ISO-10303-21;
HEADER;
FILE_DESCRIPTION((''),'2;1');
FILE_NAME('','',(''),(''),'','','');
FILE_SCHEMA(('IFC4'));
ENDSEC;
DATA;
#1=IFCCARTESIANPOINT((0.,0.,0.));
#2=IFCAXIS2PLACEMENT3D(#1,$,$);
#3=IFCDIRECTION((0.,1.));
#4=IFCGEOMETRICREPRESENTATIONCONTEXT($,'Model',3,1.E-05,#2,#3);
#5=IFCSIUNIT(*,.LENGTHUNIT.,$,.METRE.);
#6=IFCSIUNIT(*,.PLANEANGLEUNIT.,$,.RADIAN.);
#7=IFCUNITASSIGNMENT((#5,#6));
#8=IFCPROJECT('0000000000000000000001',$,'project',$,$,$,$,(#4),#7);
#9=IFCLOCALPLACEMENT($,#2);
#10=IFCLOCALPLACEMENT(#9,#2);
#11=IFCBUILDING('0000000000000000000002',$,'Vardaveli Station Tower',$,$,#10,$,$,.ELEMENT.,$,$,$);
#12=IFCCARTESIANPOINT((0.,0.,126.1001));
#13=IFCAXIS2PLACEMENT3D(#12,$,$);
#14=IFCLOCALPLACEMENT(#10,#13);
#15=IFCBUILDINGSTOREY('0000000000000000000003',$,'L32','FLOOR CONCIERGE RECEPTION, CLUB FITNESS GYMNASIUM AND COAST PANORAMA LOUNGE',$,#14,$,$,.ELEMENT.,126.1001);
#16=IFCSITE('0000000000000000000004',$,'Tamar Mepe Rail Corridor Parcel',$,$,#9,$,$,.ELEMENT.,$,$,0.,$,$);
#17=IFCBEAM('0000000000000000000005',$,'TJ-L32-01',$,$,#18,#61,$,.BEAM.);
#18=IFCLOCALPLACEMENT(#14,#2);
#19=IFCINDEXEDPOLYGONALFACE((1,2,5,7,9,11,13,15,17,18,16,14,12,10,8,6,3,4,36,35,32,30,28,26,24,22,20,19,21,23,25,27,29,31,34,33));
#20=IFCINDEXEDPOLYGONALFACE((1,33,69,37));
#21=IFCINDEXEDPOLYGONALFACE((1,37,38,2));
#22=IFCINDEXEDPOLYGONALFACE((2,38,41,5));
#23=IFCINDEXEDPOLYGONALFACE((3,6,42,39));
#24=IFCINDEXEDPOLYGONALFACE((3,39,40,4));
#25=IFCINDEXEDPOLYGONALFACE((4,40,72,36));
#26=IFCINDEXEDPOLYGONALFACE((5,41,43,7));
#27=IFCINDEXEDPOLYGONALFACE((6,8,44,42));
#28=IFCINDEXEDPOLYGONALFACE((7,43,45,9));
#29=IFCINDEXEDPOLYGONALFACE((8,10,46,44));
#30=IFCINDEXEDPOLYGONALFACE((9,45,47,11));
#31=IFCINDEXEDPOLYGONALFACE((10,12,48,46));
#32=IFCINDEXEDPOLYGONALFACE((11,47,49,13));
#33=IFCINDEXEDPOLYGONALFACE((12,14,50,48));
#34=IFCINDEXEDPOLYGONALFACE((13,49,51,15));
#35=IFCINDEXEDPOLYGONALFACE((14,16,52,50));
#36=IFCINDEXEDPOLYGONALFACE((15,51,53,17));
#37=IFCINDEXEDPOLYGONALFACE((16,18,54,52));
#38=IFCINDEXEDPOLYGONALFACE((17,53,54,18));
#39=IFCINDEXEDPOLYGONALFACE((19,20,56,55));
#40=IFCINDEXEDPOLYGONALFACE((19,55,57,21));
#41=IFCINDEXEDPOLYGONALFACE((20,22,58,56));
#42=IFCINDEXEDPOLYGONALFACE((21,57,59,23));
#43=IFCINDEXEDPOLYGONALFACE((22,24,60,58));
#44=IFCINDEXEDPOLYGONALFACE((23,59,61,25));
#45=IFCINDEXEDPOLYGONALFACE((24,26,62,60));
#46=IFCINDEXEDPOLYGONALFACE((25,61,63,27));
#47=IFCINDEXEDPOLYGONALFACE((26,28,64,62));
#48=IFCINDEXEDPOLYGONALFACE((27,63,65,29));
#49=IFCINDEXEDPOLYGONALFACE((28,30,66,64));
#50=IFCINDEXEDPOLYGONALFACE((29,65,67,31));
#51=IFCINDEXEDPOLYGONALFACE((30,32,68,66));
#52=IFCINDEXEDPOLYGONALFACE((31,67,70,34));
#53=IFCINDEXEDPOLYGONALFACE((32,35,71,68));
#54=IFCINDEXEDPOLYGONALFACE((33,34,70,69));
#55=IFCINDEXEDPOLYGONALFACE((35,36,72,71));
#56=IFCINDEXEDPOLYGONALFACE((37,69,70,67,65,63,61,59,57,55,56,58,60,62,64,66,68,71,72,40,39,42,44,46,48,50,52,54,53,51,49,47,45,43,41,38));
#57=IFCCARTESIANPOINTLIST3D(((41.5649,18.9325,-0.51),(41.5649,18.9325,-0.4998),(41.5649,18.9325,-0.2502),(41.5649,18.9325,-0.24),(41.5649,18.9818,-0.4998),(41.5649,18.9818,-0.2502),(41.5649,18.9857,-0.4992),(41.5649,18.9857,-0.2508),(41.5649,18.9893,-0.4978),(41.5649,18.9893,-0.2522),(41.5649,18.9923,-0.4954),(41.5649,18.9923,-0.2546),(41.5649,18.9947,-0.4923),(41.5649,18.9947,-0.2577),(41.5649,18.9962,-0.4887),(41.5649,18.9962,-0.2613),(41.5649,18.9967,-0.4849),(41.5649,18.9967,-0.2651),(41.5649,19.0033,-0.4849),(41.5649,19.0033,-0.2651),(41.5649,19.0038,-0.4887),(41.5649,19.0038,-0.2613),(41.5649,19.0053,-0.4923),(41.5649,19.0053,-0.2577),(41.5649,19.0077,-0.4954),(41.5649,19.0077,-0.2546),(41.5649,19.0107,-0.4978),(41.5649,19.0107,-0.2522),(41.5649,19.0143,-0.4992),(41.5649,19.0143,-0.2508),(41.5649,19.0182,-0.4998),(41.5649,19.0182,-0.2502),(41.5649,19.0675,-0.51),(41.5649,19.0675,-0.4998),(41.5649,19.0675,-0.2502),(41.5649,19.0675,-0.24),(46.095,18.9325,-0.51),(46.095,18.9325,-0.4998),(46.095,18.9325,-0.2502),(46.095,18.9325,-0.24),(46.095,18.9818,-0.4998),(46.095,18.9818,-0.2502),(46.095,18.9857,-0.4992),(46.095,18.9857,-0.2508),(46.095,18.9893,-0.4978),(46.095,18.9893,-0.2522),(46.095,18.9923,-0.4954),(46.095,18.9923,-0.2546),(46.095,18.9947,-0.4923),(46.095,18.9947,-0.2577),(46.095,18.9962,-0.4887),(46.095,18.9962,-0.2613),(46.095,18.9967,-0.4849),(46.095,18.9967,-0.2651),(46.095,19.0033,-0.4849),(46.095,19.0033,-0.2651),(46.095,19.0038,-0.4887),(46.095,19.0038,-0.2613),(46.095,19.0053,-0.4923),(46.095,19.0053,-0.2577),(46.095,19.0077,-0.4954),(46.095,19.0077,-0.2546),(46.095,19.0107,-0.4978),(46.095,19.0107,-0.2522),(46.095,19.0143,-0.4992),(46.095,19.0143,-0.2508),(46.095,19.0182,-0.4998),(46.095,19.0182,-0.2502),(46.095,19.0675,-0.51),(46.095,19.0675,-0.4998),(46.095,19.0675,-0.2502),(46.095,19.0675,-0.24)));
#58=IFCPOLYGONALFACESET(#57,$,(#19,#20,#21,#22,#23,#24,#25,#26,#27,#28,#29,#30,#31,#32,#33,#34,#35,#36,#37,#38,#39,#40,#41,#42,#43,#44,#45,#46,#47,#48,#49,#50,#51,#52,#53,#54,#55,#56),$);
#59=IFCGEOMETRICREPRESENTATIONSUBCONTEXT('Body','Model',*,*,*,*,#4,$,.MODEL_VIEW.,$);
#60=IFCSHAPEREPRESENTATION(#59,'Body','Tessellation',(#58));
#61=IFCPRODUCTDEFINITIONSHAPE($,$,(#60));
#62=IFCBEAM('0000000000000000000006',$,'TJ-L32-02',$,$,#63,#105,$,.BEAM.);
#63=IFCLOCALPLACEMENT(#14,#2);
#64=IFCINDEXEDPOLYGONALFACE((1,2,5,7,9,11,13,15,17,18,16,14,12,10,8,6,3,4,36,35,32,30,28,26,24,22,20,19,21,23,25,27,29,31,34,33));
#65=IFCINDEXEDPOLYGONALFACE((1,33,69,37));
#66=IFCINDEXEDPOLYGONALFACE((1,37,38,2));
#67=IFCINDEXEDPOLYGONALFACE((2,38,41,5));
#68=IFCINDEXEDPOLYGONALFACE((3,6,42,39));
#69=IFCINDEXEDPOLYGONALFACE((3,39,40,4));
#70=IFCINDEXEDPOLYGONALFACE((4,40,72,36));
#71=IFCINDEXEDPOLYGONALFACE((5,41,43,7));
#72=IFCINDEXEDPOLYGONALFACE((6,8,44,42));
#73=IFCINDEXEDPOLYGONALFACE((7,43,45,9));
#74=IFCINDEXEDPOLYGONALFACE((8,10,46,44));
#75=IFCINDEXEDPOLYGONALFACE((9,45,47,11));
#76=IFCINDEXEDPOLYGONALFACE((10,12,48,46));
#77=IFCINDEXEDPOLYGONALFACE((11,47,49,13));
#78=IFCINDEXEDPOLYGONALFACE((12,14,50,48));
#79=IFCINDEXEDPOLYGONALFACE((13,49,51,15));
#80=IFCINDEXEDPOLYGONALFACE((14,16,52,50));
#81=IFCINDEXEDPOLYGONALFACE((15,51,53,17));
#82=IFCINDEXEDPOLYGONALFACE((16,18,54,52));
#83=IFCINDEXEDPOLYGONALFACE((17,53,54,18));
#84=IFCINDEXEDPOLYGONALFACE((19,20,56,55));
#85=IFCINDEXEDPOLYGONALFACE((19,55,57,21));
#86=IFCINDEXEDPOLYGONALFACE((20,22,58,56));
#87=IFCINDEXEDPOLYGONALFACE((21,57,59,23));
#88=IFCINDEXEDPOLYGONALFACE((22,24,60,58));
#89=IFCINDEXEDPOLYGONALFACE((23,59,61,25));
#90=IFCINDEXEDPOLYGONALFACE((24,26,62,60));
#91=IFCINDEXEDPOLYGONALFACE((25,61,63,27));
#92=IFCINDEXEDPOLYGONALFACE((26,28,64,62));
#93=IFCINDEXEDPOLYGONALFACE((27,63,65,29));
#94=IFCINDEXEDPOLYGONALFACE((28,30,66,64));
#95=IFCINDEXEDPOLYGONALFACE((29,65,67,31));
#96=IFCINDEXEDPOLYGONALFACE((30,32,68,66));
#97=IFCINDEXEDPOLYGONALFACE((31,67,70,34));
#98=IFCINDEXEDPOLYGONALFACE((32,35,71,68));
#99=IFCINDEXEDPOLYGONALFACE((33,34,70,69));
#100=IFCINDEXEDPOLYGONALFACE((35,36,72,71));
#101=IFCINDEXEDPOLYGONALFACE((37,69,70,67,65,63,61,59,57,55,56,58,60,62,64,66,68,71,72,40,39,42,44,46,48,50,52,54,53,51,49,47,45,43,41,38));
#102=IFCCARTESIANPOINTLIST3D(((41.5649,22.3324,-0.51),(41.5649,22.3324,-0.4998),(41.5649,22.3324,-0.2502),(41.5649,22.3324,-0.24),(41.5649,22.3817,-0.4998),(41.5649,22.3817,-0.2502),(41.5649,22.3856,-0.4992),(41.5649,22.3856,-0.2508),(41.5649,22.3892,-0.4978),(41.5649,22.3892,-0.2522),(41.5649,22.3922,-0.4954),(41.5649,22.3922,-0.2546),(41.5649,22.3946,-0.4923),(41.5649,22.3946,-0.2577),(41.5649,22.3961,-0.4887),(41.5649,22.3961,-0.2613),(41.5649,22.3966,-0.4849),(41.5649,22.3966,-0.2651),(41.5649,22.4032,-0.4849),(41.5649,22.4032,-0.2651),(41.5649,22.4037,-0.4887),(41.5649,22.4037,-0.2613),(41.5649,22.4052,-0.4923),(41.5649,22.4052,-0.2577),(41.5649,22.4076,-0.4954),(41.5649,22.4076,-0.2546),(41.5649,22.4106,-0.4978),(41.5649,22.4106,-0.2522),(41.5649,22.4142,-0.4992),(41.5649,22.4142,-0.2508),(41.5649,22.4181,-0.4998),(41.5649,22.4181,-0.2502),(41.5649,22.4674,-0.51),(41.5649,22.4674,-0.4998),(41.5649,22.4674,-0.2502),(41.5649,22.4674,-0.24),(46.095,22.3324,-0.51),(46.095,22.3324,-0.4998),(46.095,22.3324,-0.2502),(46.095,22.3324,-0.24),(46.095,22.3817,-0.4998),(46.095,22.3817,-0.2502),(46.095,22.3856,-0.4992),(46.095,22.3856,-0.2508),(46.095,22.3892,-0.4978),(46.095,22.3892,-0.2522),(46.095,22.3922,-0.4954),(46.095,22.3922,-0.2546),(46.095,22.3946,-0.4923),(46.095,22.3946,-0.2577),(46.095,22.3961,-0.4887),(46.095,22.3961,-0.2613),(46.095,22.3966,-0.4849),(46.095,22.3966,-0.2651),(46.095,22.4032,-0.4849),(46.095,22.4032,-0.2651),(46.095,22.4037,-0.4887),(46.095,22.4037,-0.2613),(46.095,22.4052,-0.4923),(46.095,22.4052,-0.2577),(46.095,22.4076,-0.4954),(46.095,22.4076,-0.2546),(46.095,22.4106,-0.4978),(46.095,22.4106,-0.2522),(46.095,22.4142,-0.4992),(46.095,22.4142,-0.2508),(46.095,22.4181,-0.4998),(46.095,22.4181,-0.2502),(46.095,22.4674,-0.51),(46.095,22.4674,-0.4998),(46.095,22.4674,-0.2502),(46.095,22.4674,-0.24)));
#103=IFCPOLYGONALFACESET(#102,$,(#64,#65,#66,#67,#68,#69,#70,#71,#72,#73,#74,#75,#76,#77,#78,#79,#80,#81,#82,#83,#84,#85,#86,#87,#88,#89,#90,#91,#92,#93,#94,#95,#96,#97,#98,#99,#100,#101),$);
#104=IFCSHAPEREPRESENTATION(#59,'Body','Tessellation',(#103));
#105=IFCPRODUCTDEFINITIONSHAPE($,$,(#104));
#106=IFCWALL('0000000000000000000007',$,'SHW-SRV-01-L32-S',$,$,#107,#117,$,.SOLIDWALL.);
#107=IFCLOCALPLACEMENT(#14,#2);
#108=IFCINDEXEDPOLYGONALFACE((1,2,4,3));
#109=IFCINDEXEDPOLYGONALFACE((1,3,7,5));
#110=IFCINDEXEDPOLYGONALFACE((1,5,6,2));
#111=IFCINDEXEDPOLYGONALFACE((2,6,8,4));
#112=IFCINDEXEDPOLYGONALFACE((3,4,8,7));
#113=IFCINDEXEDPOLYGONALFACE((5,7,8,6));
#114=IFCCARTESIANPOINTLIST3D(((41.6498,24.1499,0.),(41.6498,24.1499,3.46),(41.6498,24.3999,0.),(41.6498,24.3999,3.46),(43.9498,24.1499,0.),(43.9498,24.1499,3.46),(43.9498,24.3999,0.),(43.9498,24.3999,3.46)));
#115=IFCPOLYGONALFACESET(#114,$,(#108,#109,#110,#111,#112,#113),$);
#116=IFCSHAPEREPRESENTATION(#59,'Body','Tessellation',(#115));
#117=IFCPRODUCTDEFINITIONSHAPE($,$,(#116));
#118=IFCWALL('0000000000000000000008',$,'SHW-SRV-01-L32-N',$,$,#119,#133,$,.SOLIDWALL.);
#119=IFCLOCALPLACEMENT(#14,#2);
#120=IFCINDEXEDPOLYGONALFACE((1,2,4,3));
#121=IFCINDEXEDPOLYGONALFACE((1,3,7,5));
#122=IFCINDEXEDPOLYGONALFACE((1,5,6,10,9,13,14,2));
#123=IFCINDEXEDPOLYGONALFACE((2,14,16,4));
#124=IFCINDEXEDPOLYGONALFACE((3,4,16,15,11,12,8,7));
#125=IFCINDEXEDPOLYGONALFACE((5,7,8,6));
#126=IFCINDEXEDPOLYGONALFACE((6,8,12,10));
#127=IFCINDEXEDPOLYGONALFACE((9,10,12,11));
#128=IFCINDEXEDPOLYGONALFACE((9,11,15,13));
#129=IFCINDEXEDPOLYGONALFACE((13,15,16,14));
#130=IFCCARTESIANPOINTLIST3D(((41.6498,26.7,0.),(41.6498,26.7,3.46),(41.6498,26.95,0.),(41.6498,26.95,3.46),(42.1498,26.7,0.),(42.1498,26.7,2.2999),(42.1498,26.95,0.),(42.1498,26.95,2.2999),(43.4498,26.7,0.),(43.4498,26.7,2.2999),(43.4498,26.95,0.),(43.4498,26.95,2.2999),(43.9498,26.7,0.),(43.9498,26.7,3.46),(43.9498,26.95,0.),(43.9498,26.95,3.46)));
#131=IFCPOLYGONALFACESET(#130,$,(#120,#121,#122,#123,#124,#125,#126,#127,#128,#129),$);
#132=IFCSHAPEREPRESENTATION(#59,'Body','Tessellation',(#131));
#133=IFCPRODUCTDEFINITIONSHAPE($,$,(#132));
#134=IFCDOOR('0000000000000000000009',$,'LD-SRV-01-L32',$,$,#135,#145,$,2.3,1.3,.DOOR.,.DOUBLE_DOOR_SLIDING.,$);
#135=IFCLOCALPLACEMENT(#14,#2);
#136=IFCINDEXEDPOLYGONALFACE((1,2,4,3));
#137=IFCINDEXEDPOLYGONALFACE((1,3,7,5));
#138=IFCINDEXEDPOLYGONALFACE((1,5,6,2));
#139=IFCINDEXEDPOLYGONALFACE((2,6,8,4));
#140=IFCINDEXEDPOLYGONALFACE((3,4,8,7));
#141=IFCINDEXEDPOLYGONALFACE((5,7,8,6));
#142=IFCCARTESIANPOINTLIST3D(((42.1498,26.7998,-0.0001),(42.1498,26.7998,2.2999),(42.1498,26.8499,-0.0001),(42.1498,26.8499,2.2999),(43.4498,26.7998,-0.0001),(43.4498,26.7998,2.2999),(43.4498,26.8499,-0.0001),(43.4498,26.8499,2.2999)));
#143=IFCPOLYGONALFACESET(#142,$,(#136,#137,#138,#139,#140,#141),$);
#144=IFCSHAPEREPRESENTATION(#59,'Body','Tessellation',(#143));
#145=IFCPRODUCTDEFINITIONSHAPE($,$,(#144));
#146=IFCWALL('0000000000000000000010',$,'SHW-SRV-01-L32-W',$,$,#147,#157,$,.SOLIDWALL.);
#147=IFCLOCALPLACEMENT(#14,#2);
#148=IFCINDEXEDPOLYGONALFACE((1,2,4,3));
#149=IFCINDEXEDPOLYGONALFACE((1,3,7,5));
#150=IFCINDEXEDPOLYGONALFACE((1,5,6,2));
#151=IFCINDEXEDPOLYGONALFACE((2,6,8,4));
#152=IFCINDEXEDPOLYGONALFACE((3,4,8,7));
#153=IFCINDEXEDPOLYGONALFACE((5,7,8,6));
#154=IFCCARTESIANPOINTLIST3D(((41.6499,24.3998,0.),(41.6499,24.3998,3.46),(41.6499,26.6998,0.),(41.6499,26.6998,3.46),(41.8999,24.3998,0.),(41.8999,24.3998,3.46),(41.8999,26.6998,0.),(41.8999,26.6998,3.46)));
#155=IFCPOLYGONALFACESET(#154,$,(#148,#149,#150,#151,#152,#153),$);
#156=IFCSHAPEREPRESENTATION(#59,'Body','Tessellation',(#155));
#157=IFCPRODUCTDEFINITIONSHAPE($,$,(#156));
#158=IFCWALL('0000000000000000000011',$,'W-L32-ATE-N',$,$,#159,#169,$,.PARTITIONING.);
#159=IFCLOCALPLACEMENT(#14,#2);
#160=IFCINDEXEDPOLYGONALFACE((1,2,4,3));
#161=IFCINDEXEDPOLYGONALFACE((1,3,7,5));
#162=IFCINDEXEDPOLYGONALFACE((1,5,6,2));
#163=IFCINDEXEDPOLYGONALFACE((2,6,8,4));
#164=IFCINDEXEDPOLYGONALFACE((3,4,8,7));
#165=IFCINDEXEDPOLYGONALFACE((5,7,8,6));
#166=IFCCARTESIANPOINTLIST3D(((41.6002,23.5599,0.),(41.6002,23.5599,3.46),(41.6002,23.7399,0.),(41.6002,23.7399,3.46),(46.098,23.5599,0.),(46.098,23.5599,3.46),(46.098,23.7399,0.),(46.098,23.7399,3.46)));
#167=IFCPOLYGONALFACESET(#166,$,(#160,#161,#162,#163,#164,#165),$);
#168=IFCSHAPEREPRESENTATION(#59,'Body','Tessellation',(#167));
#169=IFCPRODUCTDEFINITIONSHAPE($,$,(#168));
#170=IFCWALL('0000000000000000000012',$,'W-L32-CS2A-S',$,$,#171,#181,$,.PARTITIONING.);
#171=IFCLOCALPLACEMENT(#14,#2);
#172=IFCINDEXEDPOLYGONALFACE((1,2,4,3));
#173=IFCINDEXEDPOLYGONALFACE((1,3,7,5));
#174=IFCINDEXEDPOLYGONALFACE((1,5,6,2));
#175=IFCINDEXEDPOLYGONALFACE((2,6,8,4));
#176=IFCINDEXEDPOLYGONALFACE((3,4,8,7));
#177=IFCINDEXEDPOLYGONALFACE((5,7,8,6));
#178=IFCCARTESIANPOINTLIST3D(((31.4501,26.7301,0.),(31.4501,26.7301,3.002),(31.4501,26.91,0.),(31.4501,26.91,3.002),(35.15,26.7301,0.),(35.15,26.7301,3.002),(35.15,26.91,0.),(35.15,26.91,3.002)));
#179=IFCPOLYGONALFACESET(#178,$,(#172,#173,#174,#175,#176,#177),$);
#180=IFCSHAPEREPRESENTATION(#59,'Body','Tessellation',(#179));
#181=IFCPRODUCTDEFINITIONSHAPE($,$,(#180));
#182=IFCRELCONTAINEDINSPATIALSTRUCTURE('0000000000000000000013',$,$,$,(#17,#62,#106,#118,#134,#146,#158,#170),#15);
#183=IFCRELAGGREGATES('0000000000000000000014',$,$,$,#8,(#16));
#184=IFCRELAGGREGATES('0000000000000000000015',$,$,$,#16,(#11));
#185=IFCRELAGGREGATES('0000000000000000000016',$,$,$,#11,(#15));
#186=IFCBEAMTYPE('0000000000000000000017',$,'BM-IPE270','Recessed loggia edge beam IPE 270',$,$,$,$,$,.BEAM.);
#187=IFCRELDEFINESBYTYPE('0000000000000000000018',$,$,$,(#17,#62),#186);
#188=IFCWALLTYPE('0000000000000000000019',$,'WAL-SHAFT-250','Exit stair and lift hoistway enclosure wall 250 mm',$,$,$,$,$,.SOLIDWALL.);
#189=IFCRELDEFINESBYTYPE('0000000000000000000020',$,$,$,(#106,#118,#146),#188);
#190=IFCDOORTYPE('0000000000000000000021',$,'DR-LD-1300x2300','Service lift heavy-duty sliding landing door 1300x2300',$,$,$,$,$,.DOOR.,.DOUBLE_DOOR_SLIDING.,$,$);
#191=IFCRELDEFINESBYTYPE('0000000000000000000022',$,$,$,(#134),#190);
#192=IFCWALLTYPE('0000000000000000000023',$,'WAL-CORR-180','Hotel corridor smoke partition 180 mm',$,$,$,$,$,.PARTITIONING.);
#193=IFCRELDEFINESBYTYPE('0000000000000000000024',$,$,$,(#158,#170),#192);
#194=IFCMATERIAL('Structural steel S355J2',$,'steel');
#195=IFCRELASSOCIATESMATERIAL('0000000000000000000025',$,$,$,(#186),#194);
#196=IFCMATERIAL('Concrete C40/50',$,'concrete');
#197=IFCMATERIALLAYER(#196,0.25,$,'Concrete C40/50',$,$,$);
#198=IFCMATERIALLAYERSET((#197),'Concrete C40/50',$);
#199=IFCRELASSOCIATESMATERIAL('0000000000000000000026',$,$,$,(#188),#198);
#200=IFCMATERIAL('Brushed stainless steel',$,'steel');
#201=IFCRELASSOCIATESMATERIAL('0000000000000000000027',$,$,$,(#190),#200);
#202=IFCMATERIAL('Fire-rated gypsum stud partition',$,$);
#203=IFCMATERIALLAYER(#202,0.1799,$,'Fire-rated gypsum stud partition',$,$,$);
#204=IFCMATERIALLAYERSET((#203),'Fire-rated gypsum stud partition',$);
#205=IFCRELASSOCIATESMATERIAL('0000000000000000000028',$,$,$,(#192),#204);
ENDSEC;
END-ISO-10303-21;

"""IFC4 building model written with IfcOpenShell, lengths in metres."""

from ifc_helpers import new_model, si_unit, direction, frame, frame_2d, origin, origin_2d, place, context, subcontext, project, spatial, rectangle, i_section, extrude, source, transform, mapped, material, layer, layer_set, material_profile, profile_set, type_object, element, fill, save


model = new_model("IFC4")

# Units and contexts
model_context = context("Model", 3, precision=1e-05, world=origin(), true_north=direction((0.0, 1.0)))
body_context = subcontext(model_context, "Body", "Model", "MODEL_VIEW")
ifc_project = project(units=[si_unit("LENGTHUNIT", "METRE"), si_unit("PLANEANGLEUNIT", "RADIAN")], contexts=[model_context])

# Site, building, storey
site_placement = place(None, origin())
site = spatial("IfcSite", under=ifc_project, at=site_placement, Name="Tamar Mepe Rail Corridor Parcel", CompositionType="ELEMENT", RefElevation=0.0)
building_placement = place(site_placement, origin())
building = spatial("IfcBuilding", under=site, at=building_placement, Name="Vardaveli Station Tower", CompositionType="ELEMENT")
storey_placement = place(building_placement, frame((0.0, 0.0, 126.1001)))
storey = spatial("IfcBuildingStorey", under=building, at=storey_placement, Name="L32", Description="FLOOR CONCIERGE RECEPTION, CLUB FITNESS GYMNASIUM AND COAST PANORAMA LOUNGE", CompositionType="ELEMENT", Elevation=126.1001)

# Beams
ifc_material_1 = material(Name="Structural steel S355J2", Category="steel")
ifc_material_profile_1 = material_profile(ifc_material_1, i_section(OverallWidth=0.135, OverallDepth=0.27, WebThickness=0.0066, FlangeThickness=0.0103, FilletRadius=0.0149, at=origin_2d()), Name="IPE 270")
ifc_profile_set_1 = profile_set([ifc_material_profile_1], Name="Structural steel S355J2")
beam_type_1 = type_object("IfcBeamType", Name="BM-IPE270", Description="Recessed loggia edge beam IPE 270", PredefinedType="BEAM", material=ifc_profile_set_1)
shared_shape_1 = source(origin(), body_context, "Body", "SweptSolid", [
    extrude(i_section(OverallWidth=0.135, OverallDepth=0.27, WebThickness=0.0066, FlangeThickness=0.0103, FilletRadius=0.0149, at=origin_2d()), origin(), (0.0, 0.0, 1.0), 4.53),
])
for number, where, z_axis, x_axis, name in (
    (1, (41.5649, 19.0, -0.375), (1.0, 0.0, 0.0), (0.0, 1.0, 0.0), "TJ-L32-01"),
    (2, (41.5649, 22.3999, -0.375), (1.0, 0.0, 0.0), (0.0, 1.0, 0.0), "TJ-L32-02"),
):
    element("IfcBeam", number, at=place(storey_placement, frame(where, z_axis=z_axis, x_axis=x_axis)), inside=storey, type_object=beam_type_1, Name=name, PredefinedType="BEAM", context=body_context, shape_type="MappedRepresentation", body=[
        mapped(shared_shape_1, transform((0.0, 0.0, 0.0), scale=1.0)),
    ])

# Wall
ifc_material_2 = material(Name="Concrete C40/50", Category="concrete")
ifc_layer_1 = layer(ifc_material_2, 0.25, Name="Concrete C40/50")
ifc_layer_set_1 = layer_set([ifc_layer_1], Name="Concrete C40/50")
wall_type_1 = type_object("IfcWallType", Name="WAL-SHAFT-250", Description="Exit stair and lift hoistway enclosure wall 250 mm", PredefinedType="SOLIDWALL", material=ifc_layer_set_1)
shared_shape_2 = source(origin(), body_context, "Body", "SweptSolid", [
    extrude(rectangle(XDim=2.3, YDim=0.25, at=frame_2d((1.1499, 0.0))), origin(), (0.0, 0.0, 1.0), 3.46),
])
wall_1_placement = place(storey_placement, frame((41.6499, 24.2749, 0.0), z_axis=(0.0, 0.0, 1.0), x_axis=(1.0, 0.0, 0.0)))
element("IfcWall", 3, at=wall_1_placement, inside=storey, type_object=wall_type_1, Name="SHW-SRV-01-L32-S", PredefinedType="SOLIDWALL", context=body_context, shape_type="MappedRepresentation", body=[
    mapped(shared_shape_2, transform((0.0, 0.0, 0.0), scale=1.0)),
])

# Wall, opening, door
wall_2_placement = place(storey_placement, frame((41.6499, 26.825, 0.0), z_axis=(0.0, 0.0, 1.0), x_axis=(1.0, 0.0, 0.0)))
wall_2 = element("IfcWall", 4, at=wall_2_placement, inside=storey, type_object=wall_type_1, Name="SHW-SRV-01-L32-N", PredefinedType="SOLIDWALL", context=body_context, shape_type="MappedRepresentation", body=[
    mapped(shared_shape_2, transform((0.0, 0.0, 0.0), scale=1.0)),
])
shared_shape_3 = source(origin(), body_context, "Body", "SweptSolid", [
    extrude(rectangle(XDim=1.3, YDim=2.3, at=frame_2d((0.6499, 1.1499))), frame((0.0, 0.135, 0.0), z_axis=(0.0, -1.0, 0.0), x_axis=(1.0, 0.0, 0.0)), (0.0, 0.0, 1.0), 0.27),
])
opening_placement = place(wall_2_placement, frame((0.5, 0.0, 0.0)))
opening = element("IfcOpeningElement", 5, at=opening_placement, cuts=wall_2, PredefinedType="OPENING", context=body_context, shape_type="MappedRepresentation", body=[
    mapped(shared_shape_3, transform((0.0, 0.0, 0.0), scale=1.0)),
])
ifc_material_3 = material(Name="Brushed stainless steel", Category="steel")
door_type = type_object("IfcDoorType", Name="DR-LD-1300x2300", Description="Service lift heavy-duty sliding landing door 1300x2300", OperationType="DOUBLE_DOOR_SLIDING", PredefinedType="DOOR", material=ifc_material_3)
shared_shape_4 = source(origin(), body_context, "Body", "SweptSolid", [
    extrude(rectangle(XDim=1.3, YDim=2.3, at=frame_2d((0.6499, 1.1499))), frame((0.0, 0.0249, 0.0), z_axis=(0.0, -1.0, 0.0), x_axis=(1.0, 0.0, 0.0)), (0.0, 0.0, 1.0), 0.05),
])
door_placement = place(opening_placement, origin())
door = element("IfcDoor", 6, at=door_placement, inside=storey, type_object=door_type, Name="LD-SRV-01-L32", OperationType="DOUBLE_DOOR_SLIDING", OverallHeight=2.3, OverallWidth=1.3, PredefinedType="DOOR", context=body_context, shape_type="MappedRepresentation", body=[
    mapped(shared_shape_4, transform((0.0, 0.0, 0.0), scale=1.0)),
])
fill(opening, door)

# Walls
wall_3_placement = place(storey_placement, frame((41.7749, 24.3999, 0.0), z_axis=(0.0, 0.0, 1.0), x_axis=(0.0, 1.0, 0.0)))
element("IfcWall", 7, at=wall_3_placement, inside=storey, type_object=wall_type_1, Name="SHW-SRV-01-L32-W", PredefinedType="SOLIDWALL", context=body_context, shape_type="MappedRepresentation", body=[
    mapped(shared_shape_2, transform((0.0, 0.0, 0.0), scale=1.0)),
])
ifc_material_4 = material(Name="Fire-rated gypsum stud partition")
ifc_layer_2 = layer(ifc_material_4, 0.1799, Name="Fire-rated gypsum stud partition")
ifc_layer_set_2 = layer_set([ifc_layer_2], Name="Fire-rated gypsum stud partition")
wall_type_2 = type_object("IfcWallType", Name="WAL-CORR-180", Description="Hotel corridor smoke partition 180 mm", PredefinedType="PARTITIONING", material=ifc_layer_set_2)
shared_shape_5 = source(origin(), body_context, "Body", "SweptSolid", [
    extrude(rectangle(XDim=4.4978, YDim=0.1799, at=frame_2d((2.249, 0.0))), origin(), (0.0, 0.0, 1.0), 3.46),
])
wall_4_placement = place(storey_placement, frame((41.6001, 23.6499, 0.0), z_axis=(0.0, 0.0, 1.0), x_axis=(1.0, 0.0, 0.0)))
element("IfcWall", 8, at=wall_4_placement, inside=storey, type_object=wall_type_2, Name="W-L32-ATE-N", PredefinedType="PARTITIONING", context=body_context, shape_type="MappedRepresentation", body=[
    mapped(shared_shape_5, transform((0.0, 0.0, 0.0), scale=1.0)),
])
shared_shape_6 = source(origin(), body_context, "Body", "SweptSolid", [
    extrude(rectangle(XDim=3.7, YDim=0.1799, at=frame_2d((1.8501, 0.0))), origin(), (0.0, 0.0, 1.0), 3.002),
])
wall_5_placement = place(storey_placement, frame((31.45, 26.8201, 0.0), z_axis=(0.0, 0.0, 1.0), x_axis=(1.0, 0.0, 0.0)))
element("IfcWall", 9, at=wall_5_placement, inside=storey, type_object=wall_type_2, Name="W-L32-CS2A-S", PredefinedType="PARTITIONING", context=body_context, shape_type="MappedRepresentation", body=[
    mapped(shared_shape_6, transform((0.0, 0.0, 0.0), scale=1.0)),
])

save(model, "model.ifc")
